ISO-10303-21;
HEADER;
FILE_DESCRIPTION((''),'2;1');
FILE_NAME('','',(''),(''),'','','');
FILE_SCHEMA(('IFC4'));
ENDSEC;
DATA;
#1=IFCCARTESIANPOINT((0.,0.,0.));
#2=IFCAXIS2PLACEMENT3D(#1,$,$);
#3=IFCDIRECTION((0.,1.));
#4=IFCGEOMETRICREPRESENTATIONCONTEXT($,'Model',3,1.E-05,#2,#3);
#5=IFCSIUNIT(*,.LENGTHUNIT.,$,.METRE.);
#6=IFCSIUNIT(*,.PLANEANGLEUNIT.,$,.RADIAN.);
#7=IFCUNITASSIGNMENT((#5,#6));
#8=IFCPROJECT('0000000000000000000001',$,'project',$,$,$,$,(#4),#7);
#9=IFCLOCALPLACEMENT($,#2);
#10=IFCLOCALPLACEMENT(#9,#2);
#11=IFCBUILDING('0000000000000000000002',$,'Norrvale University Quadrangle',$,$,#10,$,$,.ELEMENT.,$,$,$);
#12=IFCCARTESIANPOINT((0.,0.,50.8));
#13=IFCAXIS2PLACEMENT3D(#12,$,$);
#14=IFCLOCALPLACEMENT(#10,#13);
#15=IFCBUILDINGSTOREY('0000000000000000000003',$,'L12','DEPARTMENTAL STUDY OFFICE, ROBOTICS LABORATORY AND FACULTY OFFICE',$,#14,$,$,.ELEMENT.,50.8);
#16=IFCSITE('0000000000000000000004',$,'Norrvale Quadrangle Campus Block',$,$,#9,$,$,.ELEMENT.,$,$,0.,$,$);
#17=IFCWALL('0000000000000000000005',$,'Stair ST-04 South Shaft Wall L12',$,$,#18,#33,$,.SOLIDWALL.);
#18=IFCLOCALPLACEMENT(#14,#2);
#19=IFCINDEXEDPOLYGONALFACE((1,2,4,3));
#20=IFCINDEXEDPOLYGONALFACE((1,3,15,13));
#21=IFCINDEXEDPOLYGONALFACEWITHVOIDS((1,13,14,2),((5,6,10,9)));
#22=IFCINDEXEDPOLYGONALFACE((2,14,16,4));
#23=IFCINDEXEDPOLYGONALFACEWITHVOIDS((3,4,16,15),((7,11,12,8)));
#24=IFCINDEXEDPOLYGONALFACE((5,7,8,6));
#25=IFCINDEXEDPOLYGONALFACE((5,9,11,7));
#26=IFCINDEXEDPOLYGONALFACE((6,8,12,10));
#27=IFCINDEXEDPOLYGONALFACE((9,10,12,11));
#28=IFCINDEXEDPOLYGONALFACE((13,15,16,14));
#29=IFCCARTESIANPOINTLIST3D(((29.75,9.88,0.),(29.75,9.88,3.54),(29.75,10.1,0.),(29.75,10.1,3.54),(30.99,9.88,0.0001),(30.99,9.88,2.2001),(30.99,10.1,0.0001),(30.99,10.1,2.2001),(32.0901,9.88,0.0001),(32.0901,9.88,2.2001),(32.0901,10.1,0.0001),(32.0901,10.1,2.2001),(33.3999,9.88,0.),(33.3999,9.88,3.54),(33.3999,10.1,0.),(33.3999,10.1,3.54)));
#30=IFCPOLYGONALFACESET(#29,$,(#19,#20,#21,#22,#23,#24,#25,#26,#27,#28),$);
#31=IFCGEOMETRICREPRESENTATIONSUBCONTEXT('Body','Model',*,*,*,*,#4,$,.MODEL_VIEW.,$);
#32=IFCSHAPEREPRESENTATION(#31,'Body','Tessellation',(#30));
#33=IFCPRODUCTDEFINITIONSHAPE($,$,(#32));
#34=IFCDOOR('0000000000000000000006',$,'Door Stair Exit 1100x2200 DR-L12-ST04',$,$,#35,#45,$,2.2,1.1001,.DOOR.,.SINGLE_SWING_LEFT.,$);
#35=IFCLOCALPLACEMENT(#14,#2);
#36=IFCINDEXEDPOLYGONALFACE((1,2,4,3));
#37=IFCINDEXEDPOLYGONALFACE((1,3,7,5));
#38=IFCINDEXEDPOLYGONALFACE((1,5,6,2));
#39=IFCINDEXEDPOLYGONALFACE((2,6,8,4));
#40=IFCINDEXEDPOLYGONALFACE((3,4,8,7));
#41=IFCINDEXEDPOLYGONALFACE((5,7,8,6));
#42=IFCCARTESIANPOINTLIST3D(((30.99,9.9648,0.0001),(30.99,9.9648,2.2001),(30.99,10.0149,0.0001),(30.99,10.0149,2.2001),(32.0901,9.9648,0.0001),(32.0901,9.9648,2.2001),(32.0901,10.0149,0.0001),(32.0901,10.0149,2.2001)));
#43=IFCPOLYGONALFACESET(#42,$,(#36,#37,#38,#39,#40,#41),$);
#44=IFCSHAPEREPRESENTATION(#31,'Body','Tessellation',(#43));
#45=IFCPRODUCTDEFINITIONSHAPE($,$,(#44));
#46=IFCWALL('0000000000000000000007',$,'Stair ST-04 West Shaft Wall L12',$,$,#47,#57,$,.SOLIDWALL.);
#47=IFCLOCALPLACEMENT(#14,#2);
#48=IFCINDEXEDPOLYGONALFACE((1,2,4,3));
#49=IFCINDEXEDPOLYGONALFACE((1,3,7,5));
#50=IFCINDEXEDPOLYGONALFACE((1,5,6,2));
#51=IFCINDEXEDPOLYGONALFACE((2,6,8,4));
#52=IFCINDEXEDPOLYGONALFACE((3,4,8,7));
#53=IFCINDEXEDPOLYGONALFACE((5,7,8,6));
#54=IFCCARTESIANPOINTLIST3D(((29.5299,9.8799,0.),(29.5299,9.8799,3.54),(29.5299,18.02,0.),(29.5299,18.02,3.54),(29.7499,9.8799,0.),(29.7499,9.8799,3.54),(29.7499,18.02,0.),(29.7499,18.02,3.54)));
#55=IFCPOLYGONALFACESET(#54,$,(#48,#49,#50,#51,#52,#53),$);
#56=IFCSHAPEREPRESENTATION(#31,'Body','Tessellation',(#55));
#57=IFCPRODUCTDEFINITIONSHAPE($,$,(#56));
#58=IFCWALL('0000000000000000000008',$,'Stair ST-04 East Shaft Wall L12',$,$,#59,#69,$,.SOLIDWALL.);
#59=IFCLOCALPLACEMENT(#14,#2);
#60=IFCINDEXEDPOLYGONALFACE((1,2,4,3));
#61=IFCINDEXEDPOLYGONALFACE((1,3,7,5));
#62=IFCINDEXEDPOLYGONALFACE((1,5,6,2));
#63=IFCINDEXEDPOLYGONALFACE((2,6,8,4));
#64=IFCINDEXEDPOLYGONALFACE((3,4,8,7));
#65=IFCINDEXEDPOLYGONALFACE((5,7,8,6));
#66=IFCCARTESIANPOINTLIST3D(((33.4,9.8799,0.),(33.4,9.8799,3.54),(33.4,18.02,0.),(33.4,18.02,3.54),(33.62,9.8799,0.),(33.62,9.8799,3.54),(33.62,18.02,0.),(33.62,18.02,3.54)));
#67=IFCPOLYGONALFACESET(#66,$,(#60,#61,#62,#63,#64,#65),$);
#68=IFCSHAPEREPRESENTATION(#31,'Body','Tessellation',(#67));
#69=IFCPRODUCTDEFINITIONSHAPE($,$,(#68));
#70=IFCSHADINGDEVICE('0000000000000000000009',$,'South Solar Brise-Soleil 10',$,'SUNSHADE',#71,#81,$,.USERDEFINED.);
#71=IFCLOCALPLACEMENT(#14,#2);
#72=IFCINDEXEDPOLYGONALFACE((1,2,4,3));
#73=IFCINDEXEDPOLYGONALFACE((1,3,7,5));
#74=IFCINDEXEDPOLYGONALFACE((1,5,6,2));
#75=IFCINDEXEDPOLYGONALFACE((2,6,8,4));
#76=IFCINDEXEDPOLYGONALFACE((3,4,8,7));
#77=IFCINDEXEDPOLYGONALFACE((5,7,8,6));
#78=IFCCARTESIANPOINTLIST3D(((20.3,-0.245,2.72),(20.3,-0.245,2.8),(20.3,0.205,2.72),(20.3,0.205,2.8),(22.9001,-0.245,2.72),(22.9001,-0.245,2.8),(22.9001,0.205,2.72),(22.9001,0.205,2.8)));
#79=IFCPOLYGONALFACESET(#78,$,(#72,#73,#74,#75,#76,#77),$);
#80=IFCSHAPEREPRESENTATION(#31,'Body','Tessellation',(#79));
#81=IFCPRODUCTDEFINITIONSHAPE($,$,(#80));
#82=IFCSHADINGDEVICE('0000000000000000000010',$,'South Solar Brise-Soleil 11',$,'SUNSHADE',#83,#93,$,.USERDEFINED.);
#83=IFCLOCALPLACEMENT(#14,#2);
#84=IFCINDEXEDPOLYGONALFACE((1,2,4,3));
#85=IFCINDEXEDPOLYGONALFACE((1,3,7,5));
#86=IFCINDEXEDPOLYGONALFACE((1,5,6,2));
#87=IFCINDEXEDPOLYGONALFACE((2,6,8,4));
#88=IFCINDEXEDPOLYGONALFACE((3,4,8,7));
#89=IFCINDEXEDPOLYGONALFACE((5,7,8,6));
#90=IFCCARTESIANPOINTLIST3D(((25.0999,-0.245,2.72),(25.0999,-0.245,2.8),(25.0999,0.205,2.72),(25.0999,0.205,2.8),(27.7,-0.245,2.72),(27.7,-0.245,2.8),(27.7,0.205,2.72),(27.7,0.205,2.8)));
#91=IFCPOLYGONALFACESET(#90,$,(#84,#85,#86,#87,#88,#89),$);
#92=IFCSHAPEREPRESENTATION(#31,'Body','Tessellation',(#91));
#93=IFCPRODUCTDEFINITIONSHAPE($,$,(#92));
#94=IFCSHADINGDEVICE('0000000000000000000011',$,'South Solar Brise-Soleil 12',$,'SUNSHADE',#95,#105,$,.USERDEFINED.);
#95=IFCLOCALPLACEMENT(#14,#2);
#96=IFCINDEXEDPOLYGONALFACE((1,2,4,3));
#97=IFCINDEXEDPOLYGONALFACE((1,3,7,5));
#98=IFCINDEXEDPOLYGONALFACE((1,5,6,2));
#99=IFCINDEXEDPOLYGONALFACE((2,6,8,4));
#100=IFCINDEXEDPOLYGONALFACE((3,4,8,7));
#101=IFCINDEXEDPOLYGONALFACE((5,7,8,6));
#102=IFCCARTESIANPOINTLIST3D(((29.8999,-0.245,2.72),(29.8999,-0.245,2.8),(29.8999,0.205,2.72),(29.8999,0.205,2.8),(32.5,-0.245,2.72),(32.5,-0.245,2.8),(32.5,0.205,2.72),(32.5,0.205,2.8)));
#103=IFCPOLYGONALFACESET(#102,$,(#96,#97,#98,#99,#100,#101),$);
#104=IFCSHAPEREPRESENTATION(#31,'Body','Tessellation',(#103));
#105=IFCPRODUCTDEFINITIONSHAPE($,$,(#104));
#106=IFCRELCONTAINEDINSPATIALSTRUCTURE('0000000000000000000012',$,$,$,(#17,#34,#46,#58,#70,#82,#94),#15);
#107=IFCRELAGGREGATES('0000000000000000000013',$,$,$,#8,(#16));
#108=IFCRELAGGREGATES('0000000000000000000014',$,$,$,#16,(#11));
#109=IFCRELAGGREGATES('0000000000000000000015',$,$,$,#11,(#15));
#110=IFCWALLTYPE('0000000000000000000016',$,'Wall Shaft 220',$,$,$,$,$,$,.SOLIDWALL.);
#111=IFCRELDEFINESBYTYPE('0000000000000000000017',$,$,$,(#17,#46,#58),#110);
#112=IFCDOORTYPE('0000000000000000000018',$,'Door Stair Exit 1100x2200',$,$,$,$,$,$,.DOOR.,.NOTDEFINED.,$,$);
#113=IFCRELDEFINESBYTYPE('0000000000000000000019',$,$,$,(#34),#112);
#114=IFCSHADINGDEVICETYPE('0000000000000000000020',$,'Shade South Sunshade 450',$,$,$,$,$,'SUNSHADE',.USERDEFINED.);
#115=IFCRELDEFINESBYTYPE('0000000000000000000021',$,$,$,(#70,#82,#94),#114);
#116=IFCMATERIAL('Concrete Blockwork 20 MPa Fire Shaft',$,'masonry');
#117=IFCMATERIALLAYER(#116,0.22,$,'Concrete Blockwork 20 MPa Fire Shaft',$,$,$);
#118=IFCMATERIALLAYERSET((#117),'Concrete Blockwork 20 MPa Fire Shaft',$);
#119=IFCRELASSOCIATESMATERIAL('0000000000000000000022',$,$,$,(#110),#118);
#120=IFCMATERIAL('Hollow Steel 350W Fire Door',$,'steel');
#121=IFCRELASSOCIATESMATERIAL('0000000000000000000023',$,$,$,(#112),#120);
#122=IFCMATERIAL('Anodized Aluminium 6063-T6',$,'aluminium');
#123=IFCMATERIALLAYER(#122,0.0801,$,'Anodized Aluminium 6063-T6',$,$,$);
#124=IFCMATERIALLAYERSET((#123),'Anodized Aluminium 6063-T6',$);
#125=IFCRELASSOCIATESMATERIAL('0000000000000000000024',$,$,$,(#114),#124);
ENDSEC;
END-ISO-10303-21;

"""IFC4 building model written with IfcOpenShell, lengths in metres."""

from ifc_helpers import new_model, si_unit, direction, frame, frame_2d, origin, origin_2d, place, context, subcontext, project, spatial, rectangle, extrude, material, layer, layer_set, type_object, element, fill, save


model = new_model("IFC4")

# Units and contexts
model_context = context("Model", 3, precision=1e-05, world=origin(), true_north=direction((0.0, 1.0)))
body_context = subcontext(model_context, "Body", "Model", "MODEL_VIEW")
ifc_project = project(units=[si_unit("LENGTHUNIT", "METRE"), si_unit("PLANEANGLEUNIT", "RADIAN")], contexts=[model_context])

# Site, building, storey
site_placement = place(None, origin())
site = spatial("IfcSite", under=ifc_project, at=site_placement, Name="Norrvale Quadrangle Campus Block", CompositionType="ELEMENT", RefElevation=0.0)
building_placement = place(site_placement, origin())
building = spatial("IfcBuilding", under=site, at=building_placement, Name="Norrvale University Quadrangle", CompositionType="ELEMENT")
storey_placement = place(building_placement, frame((0.0, 0.0, 50.8)))
storey = spatial("IfcBuildingStorey", under=building, at=storey_placement, Name="L12", Description="DEPARTMENTAL STUDY OFFICE, ROBOTICS LABORATORY AND FACULTY OFFICE", CompositionType="ELEMENT", Elevation=50.8)

# Wall, opening, door
ifc_material_1 = material(Name="Concrete Blockwork 20 MPa Fire Shaft", Category="masonry")
ifc_layer_1 = layer(ifc_material_1, 0.22, Name="Concrete Blockwork 20 MPa Fire Shaft")
ifc_layer_set_1 = layer_set([ifc_layer_1], Name="Concrete Blockwork 20 MPa Fire Shaft")
wall_type_1 = type_object("IfcWallType", Name="Wall Shaft 220", PredefinedType="SOLIDWALL", material=ifc_layer_set_1)
wall_1_placement = place(storey_placement, frame((29.75, 9.99, 0.0), z_axis=(0.0, 0.0, 1.0), x_axis=(1.0, 0.0, 0.0)))
wall_1 = element("IfcWall", 1, at=wall_1_placement, inside=storey, type_object=wall_type_1, Name="Stair ST-04 South Shaft Wall L12", PredefinedType="SOLIDWALL", context=body_context, shape_type="SweptSolid", body=[
    extrude(rectangle(XDim=3.6499, YDim=0.22, at=frame_2d((1.825, 0.0))), origin(), (0.0, 0.0, 1.0), 3.54),
])
opening_1_placement = place(wall_1_placement, frame((1.24, 0.0, 0.0)))
opening_1 = element("IfcOpeningElement", 2, at=opening_1_placement, cuts=wall_1, PredefinedType="OPENING", context=body_context, shape_type="SweptSolid", body=[
    extrude(rectangle(XDim=1.1001, YDim=2.2, at=frame_2d((0.55, 1.1001))), frame((0.0, 0.1221, 0.0), z_axis=(0.0, -1.0, 0.0), x_axis=(1.0, 0.0, 0.0)), (0.0, 0.0, 1.0), 0.2439),
])
ifc_material_2 = material(Name="Hollow Steel 350W Fire Door", Category="steel")
door_type_1 = type_object("IfcDoorType", Name="Door Stair Exit 1100x2200", OperationType="NOTDEFINED", PredefinedType="DOOR", material=ifc_material_2)
door_1_placement = place(opening_1_placement, origin())
door_1 = element("IfcDoor", 3, at=door_1_placement, inside=storey, type_object=door_type_1, Name="Door Stair Exit 1100x2200 DR-L12-ST04", OperationType="SINGLE_SWING_LEFT", OverallHeight=2.2, OverallWidth=1.1001, PredefinedType="DOOR", context=body_context, shape_type="SweptSolid", body=[
    extrude(rectangle(XDim=1.1001, YDim=2.2, at=frame_2d((0.55, 1.1001))), frame((0.0, 0.0249, 0.0), z_axis=(0.0, -1.0, 0.0), x_axis=(1.0, 0.0, 0.0)), (0.0, 0.0, 1.0), 0.05),
])
fill(opening_1, door_1)

# Walls
for number, where, z_axis, x_axis, name in (
    (4, (29.6399, 9.8799, 0.0), (0.0, 0.0, 1.0), (0.0, 1.0, 0.0), "Stair ST-04 West Shaft Wall L12"),
    (5, (33.51, 9.8799, 0.0), (0.0, 0.0, 1.0), (0.0, 1.0, 0.0), "Stair ST-04 East Shaft Wall L12"),
):
    element("IfcWall", number, at=place(storey_placement, frame(where, z_axis=z_axis, x_axis=x_axis)), inside=storey, type_object=wall_type_1, Name=name, PredefinedType="SOLIDWALL", context=body_context, shape_type="SweptSolid", body=[
        extrude(rectangle(XDim=8.1401, YDim=0.22, at=frame_2d((4.0701, 0.0))), origin(), (0.0, 0.0, 1.0), 3.54),
    ])

# Shading devices
ifc_material_3 = material(Name="Anodized Aluminium 6063-T6", Category="aluminium")
ifc_layer_2 = layer(ifc_material_3, 0.0801, Name="Anodized Aluminium 6063-T6")
ifc_layer_set_2 = layer_set([ifc_layer_2], Name="Anodized Aluminium 6063-T6")
shading_device_type = type_object("IfcShadingDeviceType", Name="Shade South Sunshade 450", ElementType="SUNSHADE", PredefinedType="USERDEFINED", material=ifc_layer_set_2)
for number, where, z_axis, x_axis, name in (
    (6, (21.6001, -0.02, 2.72), (0.0, 0.0, 1.0), (1.0, 0.0, 0.0), "South Solar Brise-Soleil 10"),
    (7, (26.3999, -0.02, 2.72), (0.0, 0.0, 1.0), (1.0, 0.0, 0.0), "South Solar Brise-Soleil 11"),
    (8, (31.2, -0.02, 2.72), (0.0, 0.0, 1.0), (1.0, 0.0, 0.0), "South Solar Brise-Soleil 12"),
):
    element("IfcShadingDevice", number, at=place(storey_placement, frame(where, z_axis=z_axis, x_axis=x_axis)), inside=storey, type_object=shading_device_type, Name=name, ObjectType="SUNSHADE", PredefinedType="USERDEFINED", context=body_context, shape_type="SweptSolid", body=[
        extrude(rectangle(XDim=2.6001, YDim=0.45, at=origin_2d()), origin(), (0.0, 0.0, 1.0), 0.0801),
    ])

save(model, "model.ifc")
